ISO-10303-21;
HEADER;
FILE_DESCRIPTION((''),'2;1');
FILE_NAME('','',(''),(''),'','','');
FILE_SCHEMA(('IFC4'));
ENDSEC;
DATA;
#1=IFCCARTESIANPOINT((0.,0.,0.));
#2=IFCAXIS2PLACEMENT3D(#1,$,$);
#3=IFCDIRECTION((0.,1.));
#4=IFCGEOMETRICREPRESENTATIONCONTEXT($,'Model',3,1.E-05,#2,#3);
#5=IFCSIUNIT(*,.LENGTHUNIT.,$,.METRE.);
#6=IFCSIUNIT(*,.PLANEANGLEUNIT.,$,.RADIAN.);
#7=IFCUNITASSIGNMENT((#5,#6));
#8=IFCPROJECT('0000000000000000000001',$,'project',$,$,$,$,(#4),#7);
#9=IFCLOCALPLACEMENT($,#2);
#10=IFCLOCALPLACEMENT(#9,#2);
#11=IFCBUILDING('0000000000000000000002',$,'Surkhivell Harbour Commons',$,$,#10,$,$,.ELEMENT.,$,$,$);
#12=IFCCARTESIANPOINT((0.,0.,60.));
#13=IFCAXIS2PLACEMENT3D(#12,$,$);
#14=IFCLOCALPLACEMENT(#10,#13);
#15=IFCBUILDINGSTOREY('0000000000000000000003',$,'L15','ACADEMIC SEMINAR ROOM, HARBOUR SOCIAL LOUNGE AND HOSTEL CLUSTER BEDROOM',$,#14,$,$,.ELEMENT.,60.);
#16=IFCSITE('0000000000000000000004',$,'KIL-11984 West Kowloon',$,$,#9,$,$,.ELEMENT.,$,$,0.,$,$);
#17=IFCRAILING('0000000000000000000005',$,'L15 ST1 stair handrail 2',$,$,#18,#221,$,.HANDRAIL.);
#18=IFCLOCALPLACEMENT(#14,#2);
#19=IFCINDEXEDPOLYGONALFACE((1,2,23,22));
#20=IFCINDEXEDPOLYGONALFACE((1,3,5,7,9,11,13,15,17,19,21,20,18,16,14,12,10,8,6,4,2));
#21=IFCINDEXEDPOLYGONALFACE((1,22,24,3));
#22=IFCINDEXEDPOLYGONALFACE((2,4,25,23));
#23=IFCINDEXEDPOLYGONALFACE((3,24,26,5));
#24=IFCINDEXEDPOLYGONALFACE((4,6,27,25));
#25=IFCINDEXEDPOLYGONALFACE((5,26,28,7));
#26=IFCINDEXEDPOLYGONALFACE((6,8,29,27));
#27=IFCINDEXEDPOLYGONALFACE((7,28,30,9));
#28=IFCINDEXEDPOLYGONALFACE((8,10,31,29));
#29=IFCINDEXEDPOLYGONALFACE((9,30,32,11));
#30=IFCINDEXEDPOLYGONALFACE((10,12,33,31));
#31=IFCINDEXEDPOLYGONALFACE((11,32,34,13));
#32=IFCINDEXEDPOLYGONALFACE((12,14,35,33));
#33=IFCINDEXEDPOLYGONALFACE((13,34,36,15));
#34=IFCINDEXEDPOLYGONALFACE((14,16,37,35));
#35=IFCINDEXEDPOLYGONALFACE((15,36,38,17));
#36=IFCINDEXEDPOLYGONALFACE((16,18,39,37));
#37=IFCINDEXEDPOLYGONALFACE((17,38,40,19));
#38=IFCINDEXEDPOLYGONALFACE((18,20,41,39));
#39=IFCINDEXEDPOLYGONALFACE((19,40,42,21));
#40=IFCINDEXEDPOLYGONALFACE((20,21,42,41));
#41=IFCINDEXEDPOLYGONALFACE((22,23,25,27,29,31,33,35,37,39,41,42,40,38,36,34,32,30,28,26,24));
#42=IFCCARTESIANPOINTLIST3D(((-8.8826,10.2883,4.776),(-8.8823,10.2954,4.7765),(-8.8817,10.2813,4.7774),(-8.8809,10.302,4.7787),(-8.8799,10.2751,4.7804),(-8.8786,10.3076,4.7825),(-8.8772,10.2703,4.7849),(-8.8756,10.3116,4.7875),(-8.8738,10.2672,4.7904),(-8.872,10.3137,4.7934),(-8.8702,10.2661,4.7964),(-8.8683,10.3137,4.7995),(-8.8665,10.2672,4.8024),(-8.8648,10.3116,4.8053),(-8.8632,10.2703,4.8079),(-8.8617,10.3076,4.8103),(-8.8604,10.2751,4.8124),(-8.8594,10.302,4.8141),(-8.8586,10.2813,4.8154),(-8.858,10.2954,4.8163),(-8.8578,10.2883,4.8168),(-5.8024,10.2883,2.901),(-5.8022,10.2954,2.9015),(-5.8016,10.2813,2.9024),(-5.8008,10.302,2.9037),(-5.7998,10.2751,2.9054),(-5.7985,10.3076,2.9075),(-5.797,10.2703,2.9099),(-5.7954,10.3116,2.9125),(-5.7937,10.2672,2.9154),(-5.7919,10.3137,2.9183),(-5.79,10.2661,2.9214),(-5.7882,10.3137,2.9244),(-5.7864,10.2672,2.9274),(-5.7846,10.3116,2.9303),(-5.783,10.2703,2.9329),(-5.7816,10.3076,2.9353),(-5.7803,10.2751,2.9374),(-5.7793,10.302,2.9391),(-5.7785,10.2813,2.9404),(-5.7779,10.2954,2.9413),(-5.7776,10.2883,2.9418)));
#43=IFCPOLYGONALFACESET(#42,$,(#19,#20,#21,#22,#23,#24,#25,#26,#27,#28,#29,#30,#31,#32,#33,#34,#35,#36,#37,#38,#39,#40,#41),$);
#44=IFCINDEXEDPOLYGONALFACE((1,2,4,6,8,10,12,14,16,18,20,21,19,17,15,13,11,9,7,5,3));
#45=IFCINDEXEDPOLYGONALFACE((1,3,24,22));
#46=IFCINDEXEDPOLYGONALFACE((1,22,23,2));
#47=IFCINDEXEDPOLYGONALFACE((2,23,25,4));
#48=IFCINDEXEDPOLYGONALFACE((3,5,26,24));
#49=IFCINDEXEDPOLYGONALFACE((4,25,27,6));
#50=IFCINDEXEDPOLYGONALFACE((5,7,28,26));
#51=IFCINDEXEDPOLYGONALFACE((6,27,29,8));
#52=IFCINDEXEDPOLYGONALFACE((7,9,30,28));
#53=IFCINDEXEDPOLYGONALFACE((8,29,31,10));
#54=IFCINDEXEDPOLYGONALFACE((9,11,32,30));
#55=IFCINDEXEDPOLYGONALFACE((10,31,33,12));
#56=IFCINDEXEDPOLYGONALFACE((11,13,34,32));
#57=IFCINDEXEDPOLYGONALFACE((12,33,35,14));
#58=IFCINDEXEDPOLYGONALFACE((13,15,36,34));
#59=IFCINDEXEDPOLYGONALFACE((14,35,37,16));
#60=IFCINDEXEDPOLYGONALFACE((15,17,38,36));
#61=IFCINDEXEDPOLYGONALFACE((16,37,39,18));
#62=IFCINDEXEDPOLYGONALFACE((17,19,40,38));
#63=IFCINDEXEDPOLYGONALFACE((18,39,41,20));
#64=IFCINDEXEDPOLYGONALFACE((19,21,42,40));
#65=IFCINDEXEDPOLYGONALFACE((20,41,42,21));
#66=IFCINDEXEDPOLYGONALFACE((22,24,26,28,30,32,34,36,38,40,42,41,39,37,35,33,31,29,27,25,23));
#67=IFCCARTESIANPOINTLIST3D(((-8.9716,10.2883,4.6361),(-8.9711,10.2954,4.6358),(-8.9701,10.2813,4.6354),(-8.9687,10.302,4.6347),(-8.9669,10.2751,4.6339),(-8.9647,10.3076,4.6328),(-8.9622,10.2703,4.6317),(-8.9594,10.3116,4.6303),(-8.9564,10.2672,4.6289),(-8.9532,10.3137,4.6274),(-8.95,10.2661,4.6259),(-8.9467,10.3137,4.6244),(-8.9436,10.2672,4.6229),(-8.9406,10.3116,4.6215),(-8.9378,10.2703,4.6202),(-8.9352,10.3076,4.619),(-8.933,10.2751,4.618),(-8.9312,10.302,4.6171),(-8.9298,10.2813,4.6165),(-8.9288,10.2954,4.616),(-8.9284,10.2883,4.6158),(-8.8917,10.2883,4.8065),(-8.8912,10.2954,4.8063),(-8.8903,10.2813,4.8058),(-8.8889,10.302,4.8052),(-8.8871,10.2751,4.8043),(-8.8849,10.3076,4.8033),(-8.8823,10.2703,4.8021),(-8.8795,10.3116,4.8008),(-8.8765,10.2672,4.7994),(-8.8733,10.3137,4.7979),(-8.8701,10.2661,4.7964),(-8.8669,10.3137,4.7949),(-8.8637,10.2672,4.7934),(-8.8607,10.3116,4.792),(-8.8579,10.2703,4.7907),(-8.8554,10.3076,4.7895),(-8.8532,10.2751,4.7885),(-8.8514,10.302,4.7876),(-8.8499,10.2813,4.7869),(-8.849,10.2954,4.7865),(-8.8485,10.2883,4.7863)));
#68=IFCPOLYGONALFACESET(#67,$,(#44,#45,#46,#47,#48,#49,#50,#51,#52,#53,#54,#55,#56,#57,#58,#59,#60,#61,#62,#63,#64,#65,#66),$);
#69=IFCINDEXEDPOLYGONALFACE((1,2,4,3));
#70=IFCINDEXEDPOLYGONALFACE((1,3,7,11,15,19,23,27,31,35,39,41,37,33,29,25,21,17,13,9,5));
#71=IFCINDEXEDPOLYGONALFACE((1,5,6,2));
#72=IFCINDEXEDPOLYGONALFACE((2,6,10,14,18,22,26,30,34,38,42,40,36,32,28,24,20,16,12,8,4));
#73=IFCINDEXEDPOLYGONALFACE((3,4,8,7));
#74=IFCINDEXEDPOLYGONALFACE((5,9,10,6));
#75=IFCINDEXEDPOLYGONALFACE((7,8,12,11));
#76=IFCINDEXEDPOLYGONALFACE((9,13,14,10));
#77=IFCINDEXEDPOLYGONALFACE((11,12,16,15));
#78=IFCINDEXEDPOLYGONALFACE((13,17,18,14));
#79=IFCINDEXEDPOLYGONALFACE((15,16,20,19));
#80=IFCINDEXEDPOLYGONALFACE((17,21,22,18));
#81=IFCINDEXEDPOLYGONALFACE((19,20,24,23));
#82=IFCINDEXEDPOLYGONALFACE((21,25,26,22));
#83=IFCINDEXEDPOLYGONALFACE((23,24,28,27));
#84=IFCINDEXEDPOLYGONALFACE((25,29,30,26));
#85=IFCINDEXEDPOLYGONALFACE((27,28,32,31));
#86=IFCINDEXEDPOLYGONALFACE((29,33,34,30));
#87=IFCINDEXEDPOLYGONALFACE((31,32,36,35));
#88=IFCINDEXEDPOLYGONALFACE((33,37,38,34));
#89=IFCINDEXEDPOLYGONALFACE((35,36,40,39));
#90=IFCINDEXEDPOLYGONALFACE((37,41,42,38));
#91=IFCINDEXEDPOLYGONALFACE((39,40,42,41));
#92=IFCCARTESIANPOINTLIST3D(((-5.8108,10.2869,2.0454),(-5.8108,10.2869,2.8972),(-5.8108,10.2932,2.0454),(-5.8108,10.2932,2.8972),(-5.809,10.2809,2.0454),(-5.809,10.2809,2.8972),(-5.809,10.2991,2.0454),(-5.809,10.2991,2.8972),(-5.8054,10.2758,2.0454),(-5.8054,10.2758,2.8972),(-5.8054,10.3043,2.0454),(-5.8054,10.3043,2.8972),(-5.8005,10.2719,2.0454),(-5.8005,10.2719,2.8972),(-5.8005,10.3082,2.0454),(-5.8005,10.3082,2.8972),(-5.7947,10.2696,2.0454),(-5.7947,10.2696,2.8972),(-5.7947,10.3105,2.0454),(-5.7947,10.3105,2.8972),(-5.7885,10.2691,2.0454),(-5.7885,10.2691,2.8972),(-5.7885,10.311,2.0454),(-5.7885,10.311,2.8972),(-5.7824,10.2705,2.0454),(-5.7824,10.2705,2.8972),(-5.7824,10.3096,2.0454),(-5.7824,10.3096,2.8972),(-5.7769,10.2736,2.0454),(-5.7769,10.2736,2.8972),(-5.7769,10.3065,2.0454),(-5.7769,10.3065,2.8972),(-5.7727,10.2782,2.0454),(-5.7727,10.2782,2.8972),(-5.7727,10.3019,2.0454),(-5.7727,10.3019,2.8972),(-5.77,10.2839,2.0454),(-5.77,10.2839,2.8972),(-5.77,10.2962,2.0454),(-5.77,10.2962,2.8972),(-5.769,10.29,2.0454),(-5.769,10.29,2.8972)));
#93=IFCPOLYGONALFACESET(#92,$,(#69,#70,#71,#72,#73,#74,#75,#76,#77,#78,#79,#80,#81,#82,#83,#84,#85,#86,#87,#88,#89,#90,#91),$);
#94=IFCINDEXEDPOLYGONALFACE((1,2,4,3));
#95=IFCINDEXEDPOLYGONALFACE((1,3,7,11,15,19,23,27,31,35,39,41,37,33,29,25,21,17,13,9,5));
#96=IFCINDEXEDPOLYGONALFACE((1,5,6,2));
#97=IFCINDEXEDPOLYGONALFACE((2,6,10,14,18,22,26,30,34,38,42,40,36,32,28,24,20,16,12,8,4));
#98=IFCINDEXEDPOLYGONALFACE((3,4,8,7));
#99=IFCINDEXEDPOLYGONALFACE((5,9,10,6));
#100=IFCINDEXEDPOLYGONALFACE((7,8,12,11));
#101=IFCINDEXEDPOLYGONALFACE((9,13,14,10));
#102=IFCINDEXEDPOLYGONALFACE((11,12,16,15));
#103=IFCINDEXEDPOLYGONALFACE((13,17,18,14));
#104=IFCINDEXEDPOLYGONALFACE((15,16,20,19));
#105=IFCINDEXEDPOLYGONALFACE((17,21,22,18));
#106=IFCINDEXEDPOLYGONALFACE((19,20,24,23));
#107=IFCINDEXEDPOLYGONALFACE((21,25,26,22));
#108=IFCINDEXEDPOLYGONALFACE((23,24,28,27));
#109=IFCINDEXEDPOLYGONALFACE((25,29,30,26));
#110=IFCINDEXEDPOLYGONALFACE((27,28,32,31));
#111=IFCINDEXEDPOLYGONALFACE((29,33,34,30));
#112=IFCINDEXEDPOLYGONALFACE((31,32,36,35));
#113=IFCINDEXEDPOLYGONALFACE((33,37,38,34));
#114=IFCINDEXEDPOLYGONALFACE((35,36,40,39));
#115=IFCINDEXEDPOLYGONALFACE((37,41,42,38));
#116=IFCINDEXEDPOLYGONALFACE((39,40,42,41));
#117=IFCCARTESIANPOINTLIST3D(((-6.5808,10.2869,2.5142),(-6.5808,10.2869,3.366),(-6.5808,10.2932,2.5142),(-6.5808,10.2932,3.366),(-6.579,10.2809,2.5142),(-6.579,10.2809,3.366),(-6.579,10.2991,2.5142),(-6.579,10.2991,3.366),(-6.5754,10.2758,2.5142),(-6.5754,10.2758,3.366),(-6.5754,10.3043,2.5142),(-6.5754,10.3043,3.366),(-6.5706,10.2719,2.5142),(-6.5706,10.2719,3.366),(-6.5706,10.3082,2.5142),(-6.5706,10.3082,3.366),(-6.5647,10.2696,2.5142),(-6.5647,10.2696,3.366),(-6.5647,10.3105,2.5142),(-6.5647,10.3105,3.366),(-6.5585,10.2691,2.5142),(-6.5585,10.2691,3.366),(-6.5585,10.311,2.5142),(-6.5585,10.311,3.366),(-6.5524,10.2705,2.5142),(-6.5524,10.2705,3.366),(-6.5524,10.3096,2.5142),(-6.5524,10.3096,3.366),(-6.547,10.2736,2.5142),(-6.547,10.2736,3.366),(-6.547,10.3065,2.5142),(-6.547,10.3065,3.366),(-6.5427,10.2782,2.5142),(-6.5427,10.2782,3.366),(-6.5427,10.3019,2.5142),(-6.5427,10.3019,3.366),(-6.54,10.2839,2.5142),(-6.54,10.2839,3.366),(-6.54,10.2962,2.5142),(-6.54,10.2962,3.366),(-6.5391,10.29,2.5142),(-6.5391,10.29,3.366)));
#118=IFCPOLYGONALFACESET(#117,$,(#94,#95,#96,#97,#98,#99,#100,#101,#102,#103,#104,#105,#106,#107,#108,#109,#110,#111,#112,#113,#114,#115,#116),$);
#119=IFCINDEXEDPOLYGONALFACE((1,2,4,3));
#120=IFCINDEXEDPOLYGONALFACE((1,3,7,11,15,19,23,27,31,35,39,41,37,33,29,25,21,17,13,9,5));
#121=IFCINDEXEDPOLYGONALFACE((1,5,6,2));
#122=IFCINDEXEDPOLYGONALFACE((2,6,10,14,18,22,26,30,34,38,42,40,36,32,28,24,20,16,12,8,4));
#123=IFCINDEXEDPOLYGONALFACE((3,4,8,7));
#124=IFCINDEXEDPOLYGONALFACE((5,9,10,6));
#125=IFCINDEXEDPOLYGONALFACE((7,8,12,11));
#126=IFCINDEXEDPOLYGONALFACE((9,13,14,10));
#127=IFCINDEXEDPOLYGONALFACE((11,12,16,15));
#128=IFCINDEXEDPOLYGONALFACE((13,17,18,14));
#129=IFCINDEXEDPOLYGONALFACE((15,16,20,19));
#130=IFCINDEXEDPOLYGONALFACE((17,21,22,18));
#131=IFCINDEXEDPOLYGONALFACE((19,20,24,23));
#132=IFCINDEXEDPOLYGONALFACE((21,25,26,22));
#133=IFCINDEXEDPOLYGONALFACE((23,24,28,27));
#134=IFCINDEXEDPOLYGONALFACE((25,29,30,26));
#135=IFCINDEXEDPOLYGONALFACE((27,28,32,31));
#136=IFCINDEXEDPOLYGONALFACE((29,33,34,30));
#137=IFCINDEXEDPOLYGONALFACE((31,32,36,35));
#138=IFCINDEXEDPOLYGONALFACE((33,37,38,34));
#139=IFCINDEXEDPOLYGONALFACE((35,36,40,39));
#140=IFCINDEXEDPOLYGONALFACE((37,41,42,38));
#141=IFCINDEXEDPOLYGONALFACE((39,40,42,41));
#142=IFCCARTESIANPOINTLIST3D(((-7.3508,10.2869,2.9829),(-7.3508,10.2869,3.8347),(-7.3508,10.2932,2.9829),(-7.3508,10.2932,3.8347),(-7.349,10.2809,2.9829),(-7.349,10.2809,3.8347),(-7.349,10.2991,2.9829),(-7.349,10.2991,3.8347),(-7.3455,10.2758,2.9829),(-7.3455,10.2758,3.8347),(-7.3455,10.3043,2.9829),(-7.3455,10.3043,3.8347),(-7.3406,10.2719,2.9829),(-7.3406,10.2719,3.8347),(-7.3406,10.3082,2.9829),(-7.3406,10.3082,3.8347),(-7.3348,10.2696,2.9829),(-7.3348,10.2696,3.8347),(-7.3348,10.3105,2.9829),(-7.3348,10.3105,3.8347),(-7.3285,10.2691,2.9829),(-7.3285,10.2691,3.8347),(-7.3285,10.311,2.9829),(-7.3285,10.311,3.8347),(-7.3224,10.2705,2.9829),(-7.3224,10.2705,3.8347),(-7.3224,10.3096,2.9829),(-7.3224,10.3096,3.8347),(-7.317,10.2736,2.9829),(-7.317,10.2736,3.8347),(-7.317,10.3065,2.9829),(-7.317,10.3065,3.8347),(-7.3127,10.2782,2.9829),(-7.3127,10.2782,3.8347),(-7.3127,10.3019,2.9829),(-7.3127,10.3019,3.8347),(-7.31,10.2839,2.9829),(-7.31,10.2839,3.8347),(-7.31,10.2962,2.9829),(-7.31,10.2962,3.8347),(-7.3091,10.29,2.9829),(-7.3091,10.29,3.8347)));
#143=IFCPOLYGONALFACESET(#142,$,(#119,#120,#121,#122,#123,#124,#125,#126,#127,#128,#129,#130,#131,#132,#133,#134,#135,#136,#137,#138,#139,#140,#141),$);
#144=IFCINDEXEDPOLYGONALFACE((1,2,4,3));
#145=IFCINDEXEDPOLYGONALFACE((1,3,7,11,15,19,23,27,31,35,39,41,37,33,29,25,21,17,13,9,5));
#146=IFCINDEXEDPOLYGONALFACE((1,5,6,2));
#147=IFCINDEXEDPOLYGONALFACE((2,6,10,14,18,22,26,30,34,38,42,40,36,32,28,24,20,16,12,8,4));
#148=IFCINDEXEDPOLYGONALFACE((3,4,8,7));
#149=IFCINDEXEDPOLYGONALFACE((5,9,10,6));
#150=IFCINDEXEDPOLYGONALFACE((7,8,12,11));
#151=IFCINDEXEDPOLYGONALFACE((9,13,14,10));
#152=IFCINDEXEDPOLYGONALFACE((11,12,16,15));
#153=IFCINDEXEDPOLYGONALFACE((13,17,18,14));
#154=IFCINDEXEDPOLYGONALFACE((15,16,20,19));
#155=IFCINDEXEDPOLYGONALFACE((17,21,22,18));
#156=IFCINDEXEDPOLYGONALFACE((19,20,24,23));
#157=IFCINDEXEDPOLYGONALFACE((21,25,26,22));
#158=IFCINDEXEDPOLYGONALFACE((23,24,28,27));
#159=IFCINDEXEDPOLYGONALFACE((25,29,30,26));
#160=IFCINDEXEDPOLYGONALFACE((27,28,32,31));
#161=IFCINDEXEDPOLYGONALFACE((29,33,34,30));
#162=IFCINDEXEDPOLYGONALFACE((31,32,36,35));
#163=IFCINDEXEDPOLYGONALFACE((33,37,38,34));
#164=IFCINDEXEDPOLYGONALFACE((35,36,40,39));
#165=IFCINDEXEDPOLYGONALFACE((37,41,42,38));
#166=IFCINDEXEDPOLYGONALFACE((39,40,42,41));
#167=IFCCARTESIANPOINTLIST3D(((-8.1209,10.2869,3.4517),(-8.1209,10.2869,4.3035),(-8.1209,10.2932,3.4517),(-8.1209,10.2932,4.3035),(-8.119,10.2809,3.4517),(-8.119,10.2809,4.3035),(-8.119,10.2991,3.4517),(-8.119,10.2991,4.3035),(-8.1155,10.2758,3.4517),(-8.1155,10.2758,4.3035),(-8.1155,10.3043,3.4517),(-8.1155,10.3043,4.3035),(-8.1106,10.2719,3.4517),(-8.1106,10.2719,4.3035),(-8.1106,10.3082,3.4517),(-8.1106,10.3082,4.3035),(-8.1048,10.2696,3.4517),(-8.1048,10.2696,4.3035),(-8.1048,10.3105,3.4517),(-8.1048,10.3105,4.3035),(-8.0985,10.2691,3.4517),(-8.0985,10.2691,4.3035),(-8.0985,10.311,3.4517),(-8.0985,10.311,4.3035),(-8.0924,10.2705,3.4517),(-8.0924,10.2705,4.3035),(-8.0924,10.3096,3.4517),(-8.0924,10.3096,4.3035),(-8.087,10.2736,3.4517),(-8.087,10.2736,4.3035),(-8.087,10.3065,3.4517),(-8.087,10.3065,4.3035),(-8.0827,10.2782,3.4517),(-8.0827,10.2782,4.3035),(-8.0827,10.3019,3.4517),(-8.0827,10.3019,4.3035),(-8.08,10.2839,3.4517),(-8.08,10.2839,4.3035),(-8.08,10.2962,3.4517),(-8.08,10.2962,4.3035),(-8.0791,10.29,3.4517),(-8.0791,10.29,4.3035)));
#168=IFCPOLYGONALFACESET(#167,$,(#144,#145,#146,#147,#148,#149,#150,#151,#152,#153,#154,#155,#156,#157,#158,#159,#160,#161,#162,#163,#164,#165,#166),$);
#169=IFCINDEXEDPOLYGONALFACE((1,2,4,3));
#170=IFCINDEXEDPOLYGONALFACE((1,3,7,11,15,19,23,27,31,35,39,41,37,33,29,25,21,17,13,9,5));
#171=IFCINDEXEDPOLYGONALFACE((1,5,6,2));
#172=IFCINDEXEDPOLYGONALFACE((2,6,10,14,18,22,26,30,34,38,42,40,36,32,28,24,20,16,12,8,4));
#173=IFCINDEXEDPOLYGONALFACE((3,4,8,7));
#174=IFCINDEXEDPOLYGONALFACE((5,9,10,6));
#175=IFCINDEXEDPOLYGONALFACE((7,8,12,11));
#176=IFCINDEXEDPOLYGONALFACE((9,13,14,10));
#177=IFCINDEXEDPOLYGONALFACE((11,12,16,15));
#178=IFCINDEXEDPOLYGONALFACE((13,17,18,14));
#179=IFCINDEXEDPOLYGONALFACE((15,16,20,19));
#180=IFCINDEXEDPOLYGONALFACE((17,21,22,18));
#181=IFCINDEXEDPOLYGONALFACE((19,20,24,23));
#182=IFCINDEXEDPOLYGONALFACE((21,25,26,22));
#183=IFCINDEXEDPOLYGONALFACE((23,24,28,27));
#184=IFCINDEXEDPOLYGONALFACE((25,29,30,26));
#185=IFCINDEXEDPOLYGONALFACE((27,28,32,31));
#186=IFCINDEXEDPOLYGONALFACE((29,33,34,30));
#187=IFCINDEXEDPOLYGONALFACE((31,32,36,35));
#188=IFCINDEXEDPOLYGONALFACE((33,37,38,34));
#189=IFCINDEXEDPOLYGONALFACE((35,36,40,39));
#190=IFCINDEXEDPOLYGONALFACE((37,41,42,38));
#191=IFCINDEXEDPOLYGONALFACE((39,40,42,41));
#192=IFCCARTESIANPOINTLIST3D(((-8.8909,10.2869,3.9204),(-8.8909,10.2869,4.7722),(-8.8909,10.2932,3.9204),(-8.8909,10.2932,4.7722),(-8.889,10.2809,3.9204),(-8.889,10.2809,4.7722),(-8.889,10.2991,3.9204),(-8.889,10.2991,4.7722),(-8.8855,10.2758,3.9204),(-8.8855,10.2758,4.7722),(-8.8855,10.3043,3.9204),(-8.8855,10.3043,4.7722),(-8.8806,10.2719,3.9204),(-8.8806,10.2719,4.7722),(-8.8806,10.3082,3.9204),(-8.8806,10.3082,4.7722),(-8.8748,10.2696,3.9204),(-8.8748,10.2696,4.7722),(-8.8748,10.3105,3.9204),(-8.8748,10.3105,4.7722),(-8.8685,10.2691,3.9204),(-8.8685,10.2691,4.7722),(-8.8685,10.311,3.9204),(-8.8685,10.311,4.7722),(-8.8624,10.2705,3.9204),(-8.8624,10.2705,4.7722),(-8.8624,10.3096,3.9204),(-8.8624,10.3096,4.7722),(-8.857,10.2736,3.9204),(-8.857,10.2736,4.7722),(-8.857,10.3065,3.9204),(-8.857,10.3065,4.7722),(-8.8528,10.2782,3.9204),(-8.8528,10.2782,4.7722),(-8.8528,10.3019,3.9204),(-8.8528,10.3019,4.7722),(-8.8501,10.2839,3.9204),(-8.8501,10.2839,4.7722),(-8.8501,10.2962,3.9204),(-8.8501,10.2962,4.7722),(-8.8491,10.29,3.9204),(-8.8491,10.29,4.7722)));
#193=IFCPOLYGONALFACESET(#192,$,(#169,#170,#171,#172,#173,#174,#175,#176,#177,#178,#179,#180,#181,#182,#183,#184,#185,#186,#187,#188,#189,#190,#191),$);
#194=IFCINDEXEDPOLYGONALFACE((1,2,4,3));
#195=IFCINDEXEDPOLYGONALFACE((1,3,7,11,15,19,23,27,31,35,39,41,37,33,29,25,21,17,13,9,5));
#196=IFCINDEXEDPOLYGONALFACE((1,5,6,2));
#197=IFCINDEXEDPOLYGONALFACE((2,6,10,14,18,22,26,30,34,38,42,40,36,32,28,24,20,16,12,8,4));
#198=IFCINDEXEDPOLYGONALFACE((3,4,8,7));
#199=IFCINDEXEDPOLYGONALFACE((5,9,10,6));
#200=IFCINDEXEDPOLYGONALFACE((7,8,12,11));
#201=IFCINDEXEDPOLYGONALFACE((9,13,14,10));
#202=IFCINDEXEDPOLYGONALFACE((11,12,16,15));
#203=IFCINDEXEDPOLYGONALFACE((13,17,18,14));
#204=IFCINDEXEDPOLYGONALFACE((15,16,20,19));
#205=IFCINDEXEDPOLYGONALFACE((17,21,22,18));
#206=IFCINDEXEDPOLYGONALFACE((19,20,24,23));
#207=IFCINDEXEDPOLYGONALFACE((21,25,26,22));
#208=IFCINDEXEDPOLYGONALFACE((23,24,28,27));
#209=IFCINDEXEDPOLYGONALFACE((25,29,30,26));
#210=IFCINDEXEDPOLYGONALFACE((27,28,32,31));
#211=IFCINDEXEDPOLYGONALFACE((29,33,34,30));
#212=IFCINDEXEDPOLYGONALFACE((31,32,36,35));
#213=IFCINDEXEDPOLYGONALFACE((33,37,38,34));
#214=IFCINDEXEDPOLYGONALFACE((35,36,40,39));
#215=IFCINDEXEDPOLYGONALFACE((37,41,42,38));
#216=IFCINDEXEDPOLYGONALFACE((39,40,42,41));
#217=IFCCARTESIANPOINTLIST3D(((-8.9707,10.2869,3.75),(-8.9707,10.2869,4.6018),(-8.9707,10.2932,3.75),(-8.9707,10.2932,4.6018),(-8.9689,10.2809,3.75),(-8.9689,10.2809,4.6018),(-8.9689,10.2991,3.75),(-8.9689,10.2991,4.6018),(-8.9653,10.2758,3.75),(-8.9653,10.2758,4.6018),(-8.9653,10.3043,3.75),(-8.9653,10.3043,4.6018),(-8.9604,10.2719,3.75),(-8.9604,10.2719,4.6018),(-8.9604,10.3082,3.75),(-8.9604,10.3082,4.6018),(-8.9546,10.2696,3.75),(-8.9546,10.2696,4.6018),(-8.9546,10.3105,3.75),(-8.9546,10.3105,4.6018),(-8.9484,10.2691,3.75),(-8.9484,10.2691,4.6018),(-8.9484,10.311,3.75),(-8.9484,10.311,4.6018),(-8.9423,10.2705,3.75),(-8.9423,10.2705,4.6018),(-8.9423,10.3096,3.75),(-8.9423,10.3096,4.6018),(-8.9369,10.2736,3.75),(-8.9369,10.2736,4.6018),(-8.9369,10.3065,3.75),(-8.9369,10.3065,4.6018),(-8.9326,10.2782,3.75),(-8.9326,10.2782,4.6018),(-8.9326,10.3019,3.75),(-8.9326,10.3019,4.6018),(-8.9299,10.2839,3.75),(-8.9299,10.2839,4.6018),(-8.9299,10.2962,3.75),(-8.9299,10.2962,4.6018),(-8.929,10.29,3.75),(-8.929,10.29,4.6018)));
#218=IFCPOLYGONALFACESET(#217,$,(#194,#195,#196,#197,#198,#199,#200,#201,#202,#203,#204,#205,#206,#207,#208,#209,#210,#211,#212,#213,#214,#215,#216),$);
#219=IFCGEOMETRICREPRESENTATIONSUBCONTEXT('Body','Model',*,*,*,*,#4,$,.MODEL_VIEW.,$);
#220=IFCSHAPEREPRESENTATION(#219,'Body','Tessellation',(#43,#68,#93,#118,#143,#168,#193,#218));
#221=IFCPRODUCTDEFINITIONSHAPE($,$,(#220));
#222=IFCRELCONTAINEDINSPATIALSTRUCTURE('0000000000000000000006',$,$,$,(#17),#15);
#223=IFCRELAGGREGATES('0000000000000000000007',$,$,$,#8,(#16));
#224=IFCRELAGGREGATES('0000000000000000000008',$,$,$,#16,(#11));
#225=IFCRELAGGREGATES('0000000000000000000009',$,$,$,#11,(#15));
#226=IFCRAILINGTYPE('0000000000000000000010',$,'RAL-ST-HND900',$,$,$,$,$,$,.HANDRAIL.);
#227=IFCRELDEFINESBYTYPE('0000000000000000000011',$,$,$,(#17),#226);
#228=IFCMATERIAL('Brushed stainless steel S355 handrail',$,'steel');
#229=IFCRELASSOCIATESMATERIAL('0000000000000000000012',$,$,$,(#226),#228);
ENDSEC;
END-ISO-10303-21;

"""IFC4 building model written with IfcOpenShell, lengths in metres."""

from ifc_helpers import new_model, si_unit, direction, frame, origin, origin_2d, place, context, subcontext, project, spatial, circle, extrude, material, type_object, element, save


model = new_model("IFC4")

# Units and contexts
model_context = context("Model", 3, precision=1e-05, world=origin(), true_north=direction((0.0, 1.0)))
body_context = subcontext(model_context, "Body", "Model", "MODEL_VIEW")
ifc_project = project(units=[si_unit("LENGTHUNIT", "METRE"), si_unit("PLANEANGLEUNIT", "RADIAN")], contexts=[model_context])

# Site, building, storey
site_placement = place(None, origin())
site = spatial("IfcSite", under=ifc_project, at=site_placement, Name="KIL-11984 West Kowloon", CompositionType="ELEMENT", RefElevation=0.0)
building_placement = place(site_placement, origin())
building = spatial("IfcBuilding", under=site, at=building_placement, Name="Surkhivell Harbour Commons", CompositionType="ELEMENT")
storey_placement = place(building_placement, frame((0.0, 0.0, 60.0)))
storey = spatial("IfcBuildingStorey", under=building, at=storey_placement, Name="L15", Description="ACADEMIC SEMINAR ROOM, HARBOUR SOCIAL LOUNGE AND HOSTEL CLUSTER BEDROOM", CompositionType="ELEMENT", Elevation=60.0)

# Railing
ifc_material_1 = material(Name="Brushed stainless steel S355 handrail", Category="steel")
railing_type_1 = type_object("IfcRailingType", Name="RAL-ST-HND900", PredefinedType="HANDRAIL", material=ifc_material_1)
railing_1_placement = place(storey_placement, frame((-5.79, 10.29, 2.0454)))
element("IfcRailing", 1, at=railing_1_placement, inside=storey, type_object=railing_type_1, Name="L15 ST1 stair handrail 2", PredefinedType="HANDRAIL", context=body_context, shape_type="SweptSolid", body=[
    extrude(circle(Radius=0.0239, at=origin_2d()), frame((0.0, 0.0, 0.876), z_axis=(-0.854178, 0.0, 0.519981), x_axis=(0.0, -1.0, 0.0)), (0.0, 0.0, 1.0), 3.606),
    extrude(circle(Radius=0.0239, at=origin_2d()), frame((-3.0801, 0.0, 2.751), z_axis=(-0.424234, 0.0, -0.905552), x_axis=(0.0, -1.0, 0.0)), (0.0, 0.0, 1.0), 0.1882),
    extrude(circle(Radius=0.021, at=origin_2d()), origin(), (0.0, 0.0, 1.0), 0.8518),
    extrude(circle(Radius=0.021, at=origin_2d()), frame((-0.77, 0.0, 0.4688)), (0.0, 0.0, 1.0), 0.8518),
    extrude(circle(Radius=0.021, at=origin_2d()), frame((-1.54, 0.0, 0.9375)), (0.0, 0.0, 1.0), 0.8518),
    extrude(circle(Radius=0.021, at=origin_2d()), frame((-2.3101, 0.0, 1.4062)), (0.0, 0.0, 1.0), 0.8518),
    extrude(circle(Radius=0.021, at=origin_2d()), frame((-3.0801, 0.0, 1.875)), (0.0, 0.0, 1.0), 0.8518),
    extrude(circle(Radius=0.021, at=origin_2d()), frame((-3.1599, 0.0, 1.7046)), (0.0, 0.0, 1.0), 0.8518),
])

save(model, "model.ifc")
